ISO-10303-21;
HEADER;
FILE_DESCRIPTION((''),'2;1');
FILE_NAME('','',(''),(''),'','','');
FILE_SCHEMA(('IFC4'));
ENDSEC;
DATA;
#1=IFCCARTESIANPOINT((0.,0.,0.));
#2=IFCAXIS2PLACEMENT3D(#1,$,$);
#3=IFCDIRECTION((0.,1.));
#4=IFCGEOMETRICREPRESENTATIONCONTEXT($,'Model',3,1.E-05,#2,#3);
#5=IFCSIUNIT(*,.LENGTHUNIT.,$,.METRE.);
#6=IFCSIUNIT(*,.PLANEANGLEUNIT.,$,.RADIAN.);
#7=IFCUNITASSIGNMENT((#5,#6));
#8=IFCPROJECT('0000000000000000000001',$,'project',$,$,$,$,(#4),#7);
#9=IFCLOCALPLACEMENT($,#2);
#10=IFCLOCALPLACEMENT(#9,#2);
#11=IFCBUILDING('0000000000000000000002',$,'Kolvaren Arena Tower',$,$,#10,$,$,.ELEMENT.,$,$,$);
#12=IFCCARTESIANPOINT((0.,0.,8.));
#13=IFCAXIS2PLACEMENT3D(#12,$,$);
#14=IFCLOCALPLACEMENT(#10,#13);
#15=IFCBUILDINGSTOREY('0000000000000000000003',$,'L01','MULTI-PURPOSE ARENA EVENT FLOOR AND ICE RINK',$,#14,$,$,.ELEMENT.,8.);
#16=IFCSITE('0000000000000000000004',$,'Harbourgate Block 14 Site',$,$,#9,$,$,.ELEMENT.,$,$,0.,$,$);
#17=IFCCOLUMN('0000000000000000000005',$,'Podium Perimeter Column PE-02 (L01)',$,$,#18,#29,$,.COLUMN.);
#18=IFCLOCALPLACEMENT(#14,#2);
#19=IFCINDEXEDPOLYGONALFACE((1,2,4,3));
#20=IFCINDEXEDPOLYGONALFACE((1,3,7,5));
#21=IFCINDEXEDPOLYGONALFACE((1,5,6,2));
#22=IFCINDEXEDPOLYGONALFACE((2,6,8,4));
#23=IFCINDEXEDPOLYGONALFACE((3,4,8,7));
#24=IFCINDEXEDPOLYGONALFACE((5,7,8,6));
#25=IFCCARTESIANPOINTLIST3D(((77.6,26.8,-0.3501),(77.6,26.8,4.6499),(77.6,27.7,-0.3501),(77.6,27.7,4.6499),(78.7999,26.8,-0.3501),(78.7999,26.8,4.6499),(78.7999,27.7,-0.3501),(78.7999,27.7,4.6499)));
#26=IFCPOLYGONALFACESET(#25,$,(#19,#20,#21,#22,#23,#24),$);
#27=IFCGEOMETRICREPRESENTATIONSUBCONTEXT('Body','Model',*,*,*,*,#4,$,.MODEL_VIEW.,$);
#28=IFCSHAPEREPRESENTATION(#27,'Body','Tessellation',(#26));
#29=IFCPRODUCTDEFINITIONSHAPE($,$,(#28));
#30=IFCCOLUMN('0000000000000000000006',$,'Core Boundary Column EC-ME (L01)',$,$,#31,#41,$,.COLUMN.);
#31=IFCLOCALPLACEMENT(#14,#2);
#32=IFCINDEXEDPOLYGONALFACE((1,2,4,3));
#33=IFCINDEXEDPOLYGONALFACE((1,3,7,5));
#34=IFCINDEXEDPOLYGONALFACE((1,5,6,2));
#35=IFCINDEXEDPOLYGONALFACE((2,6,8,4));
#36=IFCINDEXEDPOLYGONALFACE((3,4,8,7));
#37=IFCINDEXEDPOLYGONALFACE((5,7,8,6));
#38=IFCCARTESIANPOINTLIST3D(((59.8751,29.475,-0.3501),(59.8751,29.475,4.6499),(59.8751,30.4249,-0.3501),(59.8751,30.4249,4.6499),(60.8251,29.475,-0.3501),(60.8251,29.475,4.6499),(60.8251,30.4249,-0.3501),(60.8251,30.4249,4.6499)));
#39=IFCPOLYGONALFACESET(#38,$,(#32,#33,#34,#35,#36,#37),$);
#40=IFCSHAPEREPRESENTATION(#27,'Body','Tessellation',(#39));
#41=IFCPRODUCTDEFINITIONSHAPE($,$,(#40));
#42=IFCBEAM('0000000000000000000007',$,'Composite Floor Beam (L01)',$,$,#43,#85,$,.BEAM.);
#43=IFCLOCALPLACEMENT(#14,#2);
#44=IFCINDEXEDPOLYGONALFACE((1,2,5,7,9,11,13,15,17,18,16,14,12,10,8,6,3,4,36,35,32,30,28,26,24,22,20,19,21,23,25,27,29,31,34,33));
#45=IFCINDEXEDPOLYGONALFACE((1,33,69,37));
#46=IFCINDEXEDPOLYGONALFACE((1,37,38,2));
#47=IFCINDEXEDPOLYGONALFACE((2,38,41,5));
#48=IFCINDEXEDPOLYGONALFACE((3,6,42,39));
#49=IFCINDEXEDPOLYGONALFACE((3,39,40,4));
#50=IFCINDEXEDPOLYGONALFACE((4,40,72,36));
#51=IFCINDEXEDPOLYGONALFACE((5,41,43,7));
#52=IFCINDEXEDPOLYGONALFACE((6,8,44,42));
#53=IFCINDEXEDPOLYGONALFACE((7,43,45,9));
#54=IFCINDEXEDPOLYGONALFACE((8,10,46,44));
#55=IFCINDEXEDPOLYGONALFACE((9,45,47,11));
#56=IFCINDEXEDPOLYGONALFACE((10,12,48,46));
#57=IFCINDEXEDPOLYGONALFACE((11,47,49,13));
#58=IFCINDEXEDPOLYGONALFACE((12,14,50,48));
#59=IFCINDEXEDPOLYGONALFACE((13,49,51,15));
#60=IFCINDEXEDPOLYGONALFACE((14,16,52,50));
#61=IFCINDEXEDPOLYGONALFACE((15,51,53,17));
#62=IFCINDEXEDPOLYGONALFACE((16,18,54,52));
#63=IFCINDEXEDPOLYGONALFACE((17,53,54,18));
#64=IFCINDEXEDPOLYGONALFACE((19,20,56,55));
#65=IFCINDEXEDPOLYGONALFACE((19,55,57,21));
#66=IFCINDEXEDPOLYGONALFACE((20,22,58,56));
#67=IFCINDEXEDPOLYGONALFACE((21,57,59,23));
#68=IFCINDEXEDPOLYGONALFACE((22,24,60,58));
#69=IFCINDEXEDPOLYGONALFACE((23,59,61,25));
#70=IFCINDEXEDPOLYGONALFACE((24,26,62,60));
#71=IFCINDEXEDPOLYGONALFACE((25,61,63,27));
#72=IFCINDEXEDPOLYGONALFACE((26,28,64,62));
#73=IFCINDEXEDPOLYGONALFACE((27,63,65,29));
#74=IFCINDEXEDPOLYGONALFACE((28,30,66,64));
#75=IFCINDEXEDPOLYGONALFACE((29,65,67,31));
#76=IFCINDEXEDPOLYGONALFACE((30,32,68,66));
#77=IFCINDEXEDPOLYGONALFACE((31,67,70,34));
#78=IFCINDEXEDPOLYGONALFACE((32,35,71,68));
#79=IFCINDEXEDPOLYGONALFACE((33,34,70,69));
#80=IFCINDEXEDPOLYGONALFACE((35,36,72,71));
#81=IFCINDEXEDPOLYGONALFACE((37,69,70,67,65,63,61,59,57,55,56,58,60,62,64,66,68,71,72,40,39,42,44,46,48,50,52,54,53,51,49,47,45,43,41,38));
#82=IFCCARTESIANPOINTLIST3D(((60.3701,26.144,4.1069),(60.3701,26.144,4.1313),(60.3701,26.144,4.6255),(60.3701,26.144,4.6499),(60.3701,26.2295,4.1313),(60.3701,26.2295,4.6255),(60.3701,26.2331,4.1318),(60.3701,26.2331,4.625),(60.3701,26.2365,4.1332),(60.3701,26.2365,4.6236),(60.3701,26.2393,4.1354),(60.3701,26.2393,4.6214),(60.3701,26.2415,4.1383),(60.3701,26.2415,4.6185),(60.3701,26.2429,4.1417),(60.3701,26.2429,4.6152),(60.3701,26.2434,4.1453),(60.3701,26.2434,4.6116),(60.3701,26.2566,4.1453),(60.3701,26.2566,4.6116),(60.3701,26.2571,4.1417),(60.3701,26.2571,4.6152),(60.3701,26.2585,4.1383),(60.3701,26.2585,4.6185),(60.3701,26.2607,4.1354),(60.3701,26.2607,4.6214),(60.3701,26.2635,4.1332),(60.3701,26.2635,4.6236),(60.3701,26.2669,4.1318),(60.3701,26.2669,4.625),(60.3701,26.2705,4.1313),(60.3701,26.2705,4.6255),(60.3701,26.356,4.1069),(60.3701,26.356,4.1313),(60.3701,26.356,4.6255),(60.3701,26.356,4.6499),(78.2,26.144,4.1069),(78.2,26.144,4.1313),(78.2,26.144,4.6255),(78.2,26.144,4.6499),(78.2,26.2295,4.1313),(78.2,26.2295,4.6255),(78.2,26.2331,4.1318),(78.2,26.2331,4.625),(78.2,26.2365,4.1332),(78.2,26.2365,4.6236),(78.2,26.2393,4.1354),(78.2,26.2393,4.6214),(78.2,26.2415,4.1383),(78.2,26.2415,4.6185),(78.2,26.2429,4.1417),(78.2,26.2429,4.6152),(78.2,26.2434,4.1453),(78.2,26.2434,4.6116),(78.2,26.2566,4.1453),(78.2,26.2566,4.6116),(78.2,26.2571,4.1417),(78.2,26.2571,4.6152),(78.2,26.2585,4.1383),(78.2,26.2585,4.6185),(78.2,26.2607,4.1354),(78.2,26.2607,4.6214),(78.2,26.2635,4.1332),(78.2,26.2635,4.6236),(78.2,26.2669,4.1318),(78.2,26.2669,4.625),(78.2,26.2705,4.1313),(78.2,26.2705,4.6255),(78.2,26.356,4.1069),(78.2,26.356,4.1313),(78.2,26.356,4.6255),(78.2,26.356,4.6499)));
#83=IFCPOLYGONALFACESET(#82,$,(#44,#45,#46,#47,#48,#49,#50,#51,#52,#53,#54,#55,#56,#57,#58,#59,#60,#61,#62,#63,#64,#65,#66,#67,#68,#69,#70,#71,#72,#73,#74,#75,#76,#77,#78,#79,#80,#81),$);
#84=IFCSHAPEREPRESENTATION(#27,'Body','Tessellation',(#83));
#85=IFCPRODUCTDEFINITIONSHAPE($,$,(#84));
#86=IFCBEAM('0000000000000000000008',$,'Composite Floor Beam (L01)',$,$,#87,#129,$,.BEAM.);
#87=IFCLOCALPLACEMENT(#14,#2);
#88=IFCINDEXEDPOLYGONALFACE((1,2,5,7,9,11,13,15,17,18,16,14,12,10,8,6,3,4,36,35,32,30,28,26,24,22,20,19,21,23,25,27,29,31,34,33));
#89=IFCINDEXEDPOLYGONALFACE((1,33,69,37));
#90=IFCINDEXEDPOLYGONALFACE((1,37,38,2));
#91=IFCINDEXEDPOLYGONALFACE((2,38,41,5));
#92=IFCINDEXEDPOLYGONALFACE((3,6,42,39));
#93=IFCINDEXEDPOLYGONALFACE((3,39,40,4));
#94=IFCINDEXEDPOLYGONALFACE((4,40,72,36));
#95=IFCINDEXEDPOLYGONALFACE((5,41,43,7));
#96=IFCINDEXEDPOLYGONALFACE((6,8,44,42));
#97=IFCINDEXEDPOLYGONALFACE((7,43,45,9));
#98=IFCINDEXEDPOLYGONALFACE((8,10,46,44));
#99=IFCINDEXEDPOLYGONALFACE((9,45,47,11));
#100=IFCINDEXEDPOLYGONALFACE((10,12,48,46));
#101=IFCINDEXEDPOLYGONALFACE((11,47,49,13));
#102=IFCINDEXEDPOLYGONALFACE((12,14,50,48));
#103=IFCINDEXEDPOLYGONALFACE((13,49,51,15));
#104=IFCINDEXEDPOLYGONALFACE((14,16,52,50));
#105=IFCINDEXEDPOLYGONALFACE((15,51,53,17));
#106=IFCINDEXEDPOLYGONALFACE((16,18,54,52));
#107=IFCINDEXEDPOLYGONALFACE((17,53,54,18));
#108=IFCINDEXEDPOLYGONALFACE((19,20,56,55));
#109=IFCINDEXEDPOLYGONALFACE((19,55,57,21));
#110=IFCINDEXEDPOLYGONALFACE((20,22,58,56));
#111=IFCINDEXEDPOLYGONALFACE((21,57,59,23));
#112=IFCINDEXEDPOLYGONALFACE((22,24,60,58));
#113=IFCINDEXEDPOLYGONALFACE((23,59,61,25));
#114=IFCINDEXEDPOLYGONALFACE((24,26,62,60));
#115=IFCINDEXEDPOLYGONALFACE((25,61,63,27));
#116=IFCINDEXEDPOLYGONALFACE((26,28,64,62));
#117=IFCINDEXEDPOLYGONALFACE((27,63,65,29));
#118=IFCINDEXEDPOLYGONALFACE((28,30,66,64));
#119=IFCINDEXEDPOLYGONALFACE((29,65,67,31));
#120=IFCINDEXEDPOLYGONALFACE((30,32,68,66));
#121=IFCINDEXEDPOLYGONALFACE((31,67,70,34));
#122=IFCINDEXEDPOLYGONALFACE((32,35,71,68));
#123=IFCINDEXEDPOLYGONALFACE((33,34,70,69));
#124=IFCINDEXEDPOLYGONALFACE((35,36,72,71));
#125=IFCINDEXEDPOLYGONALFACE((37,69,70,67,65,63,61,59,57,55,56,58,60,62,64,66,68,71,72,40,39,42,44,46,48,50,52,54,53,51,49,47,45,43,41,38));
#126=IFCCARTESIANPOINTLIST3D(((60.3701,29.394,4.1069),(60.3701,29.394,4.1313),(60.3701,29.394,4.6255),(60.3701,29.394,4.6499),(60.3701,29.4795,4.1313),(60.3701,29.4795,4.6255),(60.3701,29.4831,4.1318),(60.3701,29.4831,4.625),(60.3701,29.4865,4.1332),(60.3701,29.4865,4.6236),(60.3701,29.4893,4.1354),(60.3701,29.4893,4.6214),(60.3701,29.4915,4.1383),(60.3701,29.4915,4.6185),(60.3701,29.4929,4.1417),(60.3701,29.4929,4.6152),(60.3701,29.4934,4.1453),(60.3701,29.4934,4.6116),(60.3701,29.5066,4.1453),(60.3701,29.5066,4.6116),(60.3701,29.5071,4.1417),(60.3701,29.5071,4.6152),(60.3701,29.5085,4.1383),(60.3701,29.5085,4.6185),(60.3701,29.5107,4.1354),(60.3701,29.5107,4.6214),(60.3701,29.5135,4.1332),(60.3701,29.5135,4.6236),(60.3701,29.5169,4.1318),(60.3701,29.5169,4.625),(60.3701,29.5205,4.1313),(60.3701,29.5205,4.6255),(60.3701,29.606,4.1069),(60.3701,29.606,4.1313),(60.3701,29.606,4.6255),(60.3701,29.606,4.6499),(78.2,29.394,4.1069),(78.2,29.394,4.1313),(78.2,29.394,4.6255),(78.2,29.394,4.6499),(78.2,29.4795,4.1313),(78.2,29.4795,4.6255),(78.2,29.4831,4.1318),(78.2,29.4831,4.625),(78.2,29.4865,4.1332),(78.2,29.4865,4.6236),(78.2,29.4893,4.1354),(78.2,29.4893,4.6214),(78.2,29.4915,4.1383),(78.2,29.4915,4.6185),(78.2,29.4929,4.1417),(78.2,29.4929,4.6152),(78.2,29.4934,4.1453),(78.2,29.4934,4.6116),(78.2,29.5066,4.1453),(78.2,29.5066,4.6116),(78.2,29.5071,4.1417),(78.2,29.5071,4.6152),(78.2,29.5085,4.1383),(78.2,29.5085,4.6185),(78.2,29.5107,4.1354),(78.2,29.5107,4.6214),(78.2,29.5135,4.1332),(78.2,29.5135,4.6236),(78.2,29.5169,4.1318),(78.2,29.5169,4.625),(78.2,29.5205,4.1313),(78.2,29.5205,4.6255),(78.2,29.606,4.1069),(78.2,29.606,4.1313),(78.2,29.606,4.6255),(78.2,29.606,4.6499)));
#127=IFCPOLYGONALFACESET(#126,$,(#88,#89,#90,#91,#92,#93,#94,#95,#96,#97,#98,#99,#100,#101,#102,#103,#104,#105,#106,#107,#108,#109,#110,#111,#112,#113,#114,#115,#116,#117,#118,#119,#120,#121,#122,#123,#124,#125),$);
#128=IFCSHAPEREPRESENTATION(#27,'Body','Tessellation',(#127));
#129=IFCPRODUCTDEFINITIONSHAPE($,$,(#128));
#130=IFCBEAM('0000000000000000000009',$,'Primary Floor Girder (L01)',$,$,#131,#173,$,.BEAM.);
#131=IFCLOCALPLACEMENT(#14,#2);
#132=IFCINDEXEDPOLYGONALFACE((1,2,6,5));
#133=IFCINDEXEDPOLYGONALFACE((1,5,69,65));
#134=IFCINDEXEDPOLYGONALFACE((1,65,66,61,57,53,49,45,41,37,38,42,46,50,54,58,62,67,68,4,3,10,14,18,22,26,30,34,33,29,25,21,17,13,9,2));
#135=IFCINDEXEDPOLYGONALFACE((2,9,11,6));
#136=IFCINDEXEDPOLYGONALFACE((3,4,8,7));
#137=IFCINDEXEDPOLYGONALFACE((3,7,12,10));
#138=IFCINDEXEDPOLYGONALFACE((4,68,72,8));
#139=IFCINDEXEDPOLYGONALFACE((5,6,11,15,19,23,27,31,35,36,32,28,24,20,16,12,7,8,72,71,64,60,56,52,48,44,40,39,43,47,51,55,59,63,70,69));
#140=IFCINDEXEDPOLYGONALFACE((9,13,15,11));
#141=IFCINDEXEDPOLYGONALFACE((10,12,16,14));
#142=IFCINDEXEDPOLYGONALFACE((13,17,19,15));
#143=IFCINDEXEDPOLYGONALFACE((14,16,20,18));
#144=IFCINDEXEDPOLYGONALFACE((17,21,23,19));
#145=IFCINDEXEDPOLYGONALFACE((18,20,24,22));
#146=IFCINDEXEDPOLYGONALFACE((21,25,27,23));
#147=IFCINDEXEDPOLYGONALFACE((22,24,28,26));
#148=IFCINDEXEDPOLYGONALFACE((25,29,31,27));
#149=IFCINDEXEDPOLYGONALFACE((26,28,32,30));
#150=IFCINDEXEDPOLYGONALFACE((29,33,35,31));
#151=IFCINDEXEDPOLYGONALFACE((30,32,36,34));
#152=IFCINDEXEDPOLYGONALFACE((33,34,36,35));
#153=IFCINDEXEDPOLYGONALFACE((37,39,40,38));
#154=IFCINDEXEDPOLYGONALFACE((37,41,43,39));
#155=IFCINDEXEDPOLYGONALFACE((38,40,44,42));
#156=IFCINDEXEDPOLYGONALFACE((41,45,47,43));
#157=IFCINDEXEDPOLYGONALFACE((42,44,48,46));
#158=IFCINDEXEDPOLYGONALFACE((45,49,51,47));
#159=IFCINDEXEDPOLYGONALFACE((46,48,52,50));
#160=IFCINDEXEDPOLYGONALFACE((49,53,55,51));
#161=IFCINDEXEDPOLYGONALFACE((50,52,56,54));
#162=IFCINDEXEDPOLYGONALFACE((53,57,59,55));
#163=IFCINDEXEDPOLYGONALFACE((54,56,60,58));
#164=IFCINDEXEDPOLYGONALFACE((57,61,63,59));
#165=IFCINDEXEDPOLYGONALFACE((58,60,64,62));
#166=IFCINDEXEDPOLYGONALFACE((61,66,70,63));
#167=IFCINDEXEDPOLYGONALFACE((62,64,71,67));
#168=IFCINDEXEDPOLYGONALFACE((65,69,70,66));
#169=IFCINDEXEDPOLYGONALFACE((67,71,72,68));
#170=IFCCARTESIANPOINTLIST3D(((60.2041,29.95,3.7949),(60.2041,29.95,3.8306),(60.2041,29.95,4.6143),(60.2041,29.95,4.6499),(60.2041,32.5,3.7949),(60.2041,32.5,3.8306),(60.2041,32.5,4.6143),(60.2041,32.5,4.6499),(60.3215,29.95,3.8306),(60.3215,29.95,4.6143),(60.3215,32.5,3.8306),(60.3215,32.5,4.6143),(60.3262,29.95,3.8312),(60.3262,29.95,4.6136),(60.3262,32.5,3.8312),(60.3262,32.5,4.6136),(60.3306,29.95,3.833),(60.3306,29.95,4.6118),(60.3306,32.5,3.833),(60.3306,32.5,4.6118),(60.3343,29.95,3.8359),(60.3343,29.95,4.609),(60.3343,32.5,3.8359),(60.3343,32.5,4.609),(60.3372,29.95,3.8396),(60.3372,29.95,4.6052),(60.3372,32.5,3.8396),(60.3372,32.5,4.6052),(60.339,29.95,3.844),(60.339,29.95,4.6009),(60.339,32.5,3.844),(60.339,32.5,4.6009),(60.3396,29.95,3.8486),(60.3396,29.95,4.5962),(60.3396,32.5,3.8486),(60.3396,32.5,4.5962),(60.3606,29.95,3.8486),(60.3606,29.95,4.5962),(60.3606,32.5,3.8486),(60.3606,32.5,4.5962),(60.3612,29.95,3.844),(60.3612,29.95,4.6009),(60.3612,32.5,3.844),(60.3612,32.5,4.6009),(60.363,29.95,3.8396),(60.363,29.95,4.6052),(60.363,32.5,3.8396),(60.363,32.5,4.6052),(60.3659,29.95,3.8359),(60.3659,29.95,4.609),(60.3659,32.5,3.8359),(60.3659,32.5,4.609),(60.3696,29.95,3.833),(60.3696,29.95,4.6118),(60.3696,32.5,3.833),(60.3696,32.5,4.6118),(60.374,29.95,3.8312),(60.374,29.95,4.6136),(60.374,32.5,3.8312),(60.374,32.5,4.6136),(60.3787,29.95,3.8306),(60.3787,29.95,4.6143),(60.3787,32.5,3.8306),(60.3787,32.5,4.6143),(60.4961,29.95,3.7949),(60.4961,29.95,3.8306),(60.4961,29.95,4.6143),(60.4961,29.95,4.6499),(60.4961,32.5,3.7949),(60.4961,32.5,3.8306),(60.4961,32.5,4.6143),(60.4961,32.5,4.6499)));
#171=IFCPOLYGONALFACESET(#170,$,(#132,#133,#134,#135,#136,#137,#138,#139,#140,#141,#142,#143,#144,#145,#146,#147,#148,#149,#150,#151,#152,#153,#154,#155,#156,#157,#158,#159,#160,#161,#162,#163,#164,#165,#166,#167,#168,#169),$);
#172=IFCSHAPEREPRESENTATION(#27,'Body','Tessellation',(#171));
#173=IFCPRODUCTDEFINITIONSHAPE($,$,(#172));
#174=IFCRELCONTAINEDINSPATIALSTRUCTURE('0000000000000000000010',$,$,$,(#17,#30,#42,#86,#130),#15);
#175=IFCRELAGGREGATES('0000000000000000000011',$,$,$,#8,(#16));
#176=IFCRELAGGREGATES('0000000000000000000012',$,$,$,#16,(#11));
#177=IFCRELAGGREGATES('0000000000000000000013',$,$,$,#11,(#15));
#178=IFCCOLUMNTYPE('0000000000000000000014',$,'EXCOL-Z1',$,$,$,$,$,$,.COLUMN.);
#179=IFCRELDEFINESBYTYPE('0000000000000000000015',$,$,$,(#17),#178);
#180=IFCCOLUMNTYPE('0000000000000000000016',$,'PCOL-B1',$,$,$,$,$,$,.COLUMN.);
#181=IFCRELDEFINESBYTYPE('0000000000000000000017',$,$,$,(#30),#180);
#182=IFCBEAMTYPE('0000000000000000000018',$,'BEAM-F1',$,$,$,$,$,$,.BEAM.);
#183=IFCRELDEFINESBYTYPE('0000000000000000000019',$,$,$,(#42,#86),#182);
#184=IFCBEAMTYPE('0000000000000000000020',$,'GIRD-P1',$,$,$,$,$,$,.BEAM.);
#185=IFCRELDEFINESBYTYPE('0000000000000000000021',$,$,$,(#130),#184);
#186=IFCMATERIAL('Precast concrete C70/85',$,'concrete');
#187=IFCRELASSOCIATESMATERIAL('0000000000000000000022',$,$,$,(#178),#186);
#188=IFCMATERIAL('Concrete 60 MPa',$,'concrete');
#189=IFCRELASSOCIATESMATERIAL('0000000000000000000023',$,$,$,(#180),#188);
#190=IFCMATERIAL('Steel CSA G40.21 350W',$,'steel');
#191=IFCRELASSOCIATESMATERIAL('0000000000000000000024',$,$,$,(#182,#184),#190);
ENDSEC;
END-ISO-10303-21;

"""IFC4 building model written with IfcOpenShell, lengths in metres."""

from ifc_helpers import new_model, si_unit, direction, frame, origin, origin_2d, place, context, subcontext, project, spatial, rectangle, i_section, extrude, material, material_profile, profile_set, type_object, element, save


model = new_model("IFC4")

# Units and contexts
model_context = context("Model", 3, precision=1e-05, world=origin(), true_north=direction((0.0, 1.0)))
body_context = subcontext(model_context, "Body", "Model", "MODEL_VIEW")
ifc_project = project(units=[si_unit("LENGTHUNIT", "METRE"), si_unit("PLANEANGLEUNIT", "RADIAN")], contexts=[model_context])

# Site, building, storey
site_placement = place(None, origin())
site = spatial("IfcSite", under=ifc_project, at=site_placement, Name="Harbourgate Block 14 Site", CompositionType="ELEMENT", RefElevation=0.0)
building_placement = place(site_placement, origin())
building = spatial("IfcBuilding", under=site, at=building_placement, Name="Kolvaren Arena Tower", CompositionType="ELEMENT")
storey_placement = place(building_placement, frame((0.0, 0.0, 8.0)))
storey = spatial("IfcBuildingStorey", under=building, at=storey_placement, Name="L01", Description="MULTI-PURPOSE ARENA EVENT FLOOR AND ICE RINK", CompositionType="ELEMENT", Elevation=8.0)

# Columns
ifc_material_1 = material(Name="Precast concrete C70/85", Category="concrete")
ifc_material_profile_1 = material_profile(ifc_material_1, rectangle(XDim=1.2, YDim=0.8999, at=origin_2d()), Name="RC-1200x900")
ifc_profile_set_1 = profile_set([ifc_material_profile_1], Name="Precast concrete C70/85")
column_type_1 = type_object("IfcColumnType", Name="EXCOL-Z1", PredefinedType="COLUMN", material=ifc_profile_set_1)
column_1_placement = place(storey_placement, frame((78.2, 27.25, -0.3501), z_axis=(0.0, 0.0, 1.0), x_axis=(1.0, 0.0, 0.0)))
element("IfcColumn", 1, at=column_1_placement, inside=storey, type_object=column_type_1, Name="Podium Perimeter Column PE-02 (L01)", PredefinedType="COLUMN", context=body_context, shape_type="SweptSolid", body=[
    extrude(rectangle(XDim=1.2, YDim=0.8999, at=origin_2d()), origin(), (0.0, 0.0, 1.0), 5.0),
])
ifc_material_2 = material(Name="Concrete 60 MPa", Category="concrete")
ifc_material_profile_2 = material_profile(ifc_material_2, rectangle(XDim=0.95, YDim=0.95, at=origin_2d()), Name="RC-950x950")
ifc_profile_set_2 = profile_set([ifc_material_profile_2], Name="Concrete 60 MPa")
column_type_2 = type_object("IfcColumnType", Name="PCOL-B1", PredefinedType="COLUMN", material=ifc_profile_set_2)
column_2_placement = place(storey_placement, frame((60.3501, 29.95, -0.3501), z_axis=(0.0, 0.0, 1.0), x_axis=(1.0, 0.0, 0.0)))
element("IfcColumn", 2, at=column_2_placement, inside=storey, type_object=column_type_2, Name="Core Boundary Column EC-ME (L01)", PredefinedType="COLUMN", context=body_context, shape_type="SweptSolid", body=[
    extrude(rectangle(XDim=0.95, YDim=0.95, at=origin_2d()), origin(), (0.0, 0.0, 1.0), 5.0),
])

# Beams
ifc_material_3 = material(Name="Steel CSA G40.21 350W", Category="steel")
ifc_material_profile_3 = material_profile(ifc_material_3, i_section(OverallWidth=0.2119, OverallDepth=0.543, WebThickness=0.0132, FlangeThickness=0.0244, FilletRadius=0.0139, at=origin_2d()), Name="W530x150")
ifc_profile_set_3 = profile_set([ifc_material_profile_3], Name="Steel CSA G40.21 350W")
beam_type_1 = type_object("IfcBeamType", Name="BEAM-F1", PredefinedType="BEAM", material=ifc_profile_set_3)
for number, where, z_axis, x_axis, name in (
    (3, (60.3701, 26.25, 4.3784), (1.0, 0.0, 0.0), (0.0, 1.0, 0.0), "Composite Floor Beam (L01)"),
    (4, (60.3701, 29.5, 4.3784), (1.0, 0.0, 0.0), (0.0, 1.0, 0.0), "Composite Floor Beam (L01)"),
):
    element("IfcBeam", number, at=place(storey_placement, frame(where, z_axis=z_axis, x_axis=x_axis)), inside=storey, type_object=beam_type_1, Name=name, PredefinedType="BEAM", context=body_context, shape_type="SweptSolid", body=[
        extrude(i_section(OverallWidth=0.2119, OverallDepth=0.543, WebThickness=0.0132, FlangeThickness=0.0244, FilletRadius=0.0139, at=origin_2d()), origin(), (0.0, 0.0, 1.0), 17.8298),
    ])
ifc_material_profile_4 = material_profile(ifc_material_3, i_section(OverallWidth=0.292, OverallDepth=0.855, WebThickness=0.021, FlangeThickness=0.0356, FilletRadius=0.0181, at=origin_2d()), Name="W840x299")
ifc_profile_set_4 = profile_set([ifc_material_profile_4], Name="Steel CSA G40.21 350W")
beam_type_2 = type_object("IfcBeamType", Name="GIRD-P1", PredefinedType="BEAM", material=ifc_profile_set_4)
beam_1_placement = place(storey_placement, frame((60.3501, 29.95, 4.2224), z_axis=(0.0, 1.0, 0.0), x_axis=(-1.0, 0.0, 0.0)))
element("IfcBeam", 5, at=beam_1_placement, inside=storey, type_object=beam_type_2, Name="Primary Floor Girder (L01)", PredefinedType="BEAM", context=body_context, shape_type="SweptSolid", body=[
    extrude(i_section(OverallWidth=0.292, OverallDepth=0.855, WebThickness=0.021, FlangeThickness=0.0356, FilletRadius=0.0181, at=origin_2d()), origin(), (0.0, 0.0, 1.0), 2.55),
])

save(model, "model.ifc")
